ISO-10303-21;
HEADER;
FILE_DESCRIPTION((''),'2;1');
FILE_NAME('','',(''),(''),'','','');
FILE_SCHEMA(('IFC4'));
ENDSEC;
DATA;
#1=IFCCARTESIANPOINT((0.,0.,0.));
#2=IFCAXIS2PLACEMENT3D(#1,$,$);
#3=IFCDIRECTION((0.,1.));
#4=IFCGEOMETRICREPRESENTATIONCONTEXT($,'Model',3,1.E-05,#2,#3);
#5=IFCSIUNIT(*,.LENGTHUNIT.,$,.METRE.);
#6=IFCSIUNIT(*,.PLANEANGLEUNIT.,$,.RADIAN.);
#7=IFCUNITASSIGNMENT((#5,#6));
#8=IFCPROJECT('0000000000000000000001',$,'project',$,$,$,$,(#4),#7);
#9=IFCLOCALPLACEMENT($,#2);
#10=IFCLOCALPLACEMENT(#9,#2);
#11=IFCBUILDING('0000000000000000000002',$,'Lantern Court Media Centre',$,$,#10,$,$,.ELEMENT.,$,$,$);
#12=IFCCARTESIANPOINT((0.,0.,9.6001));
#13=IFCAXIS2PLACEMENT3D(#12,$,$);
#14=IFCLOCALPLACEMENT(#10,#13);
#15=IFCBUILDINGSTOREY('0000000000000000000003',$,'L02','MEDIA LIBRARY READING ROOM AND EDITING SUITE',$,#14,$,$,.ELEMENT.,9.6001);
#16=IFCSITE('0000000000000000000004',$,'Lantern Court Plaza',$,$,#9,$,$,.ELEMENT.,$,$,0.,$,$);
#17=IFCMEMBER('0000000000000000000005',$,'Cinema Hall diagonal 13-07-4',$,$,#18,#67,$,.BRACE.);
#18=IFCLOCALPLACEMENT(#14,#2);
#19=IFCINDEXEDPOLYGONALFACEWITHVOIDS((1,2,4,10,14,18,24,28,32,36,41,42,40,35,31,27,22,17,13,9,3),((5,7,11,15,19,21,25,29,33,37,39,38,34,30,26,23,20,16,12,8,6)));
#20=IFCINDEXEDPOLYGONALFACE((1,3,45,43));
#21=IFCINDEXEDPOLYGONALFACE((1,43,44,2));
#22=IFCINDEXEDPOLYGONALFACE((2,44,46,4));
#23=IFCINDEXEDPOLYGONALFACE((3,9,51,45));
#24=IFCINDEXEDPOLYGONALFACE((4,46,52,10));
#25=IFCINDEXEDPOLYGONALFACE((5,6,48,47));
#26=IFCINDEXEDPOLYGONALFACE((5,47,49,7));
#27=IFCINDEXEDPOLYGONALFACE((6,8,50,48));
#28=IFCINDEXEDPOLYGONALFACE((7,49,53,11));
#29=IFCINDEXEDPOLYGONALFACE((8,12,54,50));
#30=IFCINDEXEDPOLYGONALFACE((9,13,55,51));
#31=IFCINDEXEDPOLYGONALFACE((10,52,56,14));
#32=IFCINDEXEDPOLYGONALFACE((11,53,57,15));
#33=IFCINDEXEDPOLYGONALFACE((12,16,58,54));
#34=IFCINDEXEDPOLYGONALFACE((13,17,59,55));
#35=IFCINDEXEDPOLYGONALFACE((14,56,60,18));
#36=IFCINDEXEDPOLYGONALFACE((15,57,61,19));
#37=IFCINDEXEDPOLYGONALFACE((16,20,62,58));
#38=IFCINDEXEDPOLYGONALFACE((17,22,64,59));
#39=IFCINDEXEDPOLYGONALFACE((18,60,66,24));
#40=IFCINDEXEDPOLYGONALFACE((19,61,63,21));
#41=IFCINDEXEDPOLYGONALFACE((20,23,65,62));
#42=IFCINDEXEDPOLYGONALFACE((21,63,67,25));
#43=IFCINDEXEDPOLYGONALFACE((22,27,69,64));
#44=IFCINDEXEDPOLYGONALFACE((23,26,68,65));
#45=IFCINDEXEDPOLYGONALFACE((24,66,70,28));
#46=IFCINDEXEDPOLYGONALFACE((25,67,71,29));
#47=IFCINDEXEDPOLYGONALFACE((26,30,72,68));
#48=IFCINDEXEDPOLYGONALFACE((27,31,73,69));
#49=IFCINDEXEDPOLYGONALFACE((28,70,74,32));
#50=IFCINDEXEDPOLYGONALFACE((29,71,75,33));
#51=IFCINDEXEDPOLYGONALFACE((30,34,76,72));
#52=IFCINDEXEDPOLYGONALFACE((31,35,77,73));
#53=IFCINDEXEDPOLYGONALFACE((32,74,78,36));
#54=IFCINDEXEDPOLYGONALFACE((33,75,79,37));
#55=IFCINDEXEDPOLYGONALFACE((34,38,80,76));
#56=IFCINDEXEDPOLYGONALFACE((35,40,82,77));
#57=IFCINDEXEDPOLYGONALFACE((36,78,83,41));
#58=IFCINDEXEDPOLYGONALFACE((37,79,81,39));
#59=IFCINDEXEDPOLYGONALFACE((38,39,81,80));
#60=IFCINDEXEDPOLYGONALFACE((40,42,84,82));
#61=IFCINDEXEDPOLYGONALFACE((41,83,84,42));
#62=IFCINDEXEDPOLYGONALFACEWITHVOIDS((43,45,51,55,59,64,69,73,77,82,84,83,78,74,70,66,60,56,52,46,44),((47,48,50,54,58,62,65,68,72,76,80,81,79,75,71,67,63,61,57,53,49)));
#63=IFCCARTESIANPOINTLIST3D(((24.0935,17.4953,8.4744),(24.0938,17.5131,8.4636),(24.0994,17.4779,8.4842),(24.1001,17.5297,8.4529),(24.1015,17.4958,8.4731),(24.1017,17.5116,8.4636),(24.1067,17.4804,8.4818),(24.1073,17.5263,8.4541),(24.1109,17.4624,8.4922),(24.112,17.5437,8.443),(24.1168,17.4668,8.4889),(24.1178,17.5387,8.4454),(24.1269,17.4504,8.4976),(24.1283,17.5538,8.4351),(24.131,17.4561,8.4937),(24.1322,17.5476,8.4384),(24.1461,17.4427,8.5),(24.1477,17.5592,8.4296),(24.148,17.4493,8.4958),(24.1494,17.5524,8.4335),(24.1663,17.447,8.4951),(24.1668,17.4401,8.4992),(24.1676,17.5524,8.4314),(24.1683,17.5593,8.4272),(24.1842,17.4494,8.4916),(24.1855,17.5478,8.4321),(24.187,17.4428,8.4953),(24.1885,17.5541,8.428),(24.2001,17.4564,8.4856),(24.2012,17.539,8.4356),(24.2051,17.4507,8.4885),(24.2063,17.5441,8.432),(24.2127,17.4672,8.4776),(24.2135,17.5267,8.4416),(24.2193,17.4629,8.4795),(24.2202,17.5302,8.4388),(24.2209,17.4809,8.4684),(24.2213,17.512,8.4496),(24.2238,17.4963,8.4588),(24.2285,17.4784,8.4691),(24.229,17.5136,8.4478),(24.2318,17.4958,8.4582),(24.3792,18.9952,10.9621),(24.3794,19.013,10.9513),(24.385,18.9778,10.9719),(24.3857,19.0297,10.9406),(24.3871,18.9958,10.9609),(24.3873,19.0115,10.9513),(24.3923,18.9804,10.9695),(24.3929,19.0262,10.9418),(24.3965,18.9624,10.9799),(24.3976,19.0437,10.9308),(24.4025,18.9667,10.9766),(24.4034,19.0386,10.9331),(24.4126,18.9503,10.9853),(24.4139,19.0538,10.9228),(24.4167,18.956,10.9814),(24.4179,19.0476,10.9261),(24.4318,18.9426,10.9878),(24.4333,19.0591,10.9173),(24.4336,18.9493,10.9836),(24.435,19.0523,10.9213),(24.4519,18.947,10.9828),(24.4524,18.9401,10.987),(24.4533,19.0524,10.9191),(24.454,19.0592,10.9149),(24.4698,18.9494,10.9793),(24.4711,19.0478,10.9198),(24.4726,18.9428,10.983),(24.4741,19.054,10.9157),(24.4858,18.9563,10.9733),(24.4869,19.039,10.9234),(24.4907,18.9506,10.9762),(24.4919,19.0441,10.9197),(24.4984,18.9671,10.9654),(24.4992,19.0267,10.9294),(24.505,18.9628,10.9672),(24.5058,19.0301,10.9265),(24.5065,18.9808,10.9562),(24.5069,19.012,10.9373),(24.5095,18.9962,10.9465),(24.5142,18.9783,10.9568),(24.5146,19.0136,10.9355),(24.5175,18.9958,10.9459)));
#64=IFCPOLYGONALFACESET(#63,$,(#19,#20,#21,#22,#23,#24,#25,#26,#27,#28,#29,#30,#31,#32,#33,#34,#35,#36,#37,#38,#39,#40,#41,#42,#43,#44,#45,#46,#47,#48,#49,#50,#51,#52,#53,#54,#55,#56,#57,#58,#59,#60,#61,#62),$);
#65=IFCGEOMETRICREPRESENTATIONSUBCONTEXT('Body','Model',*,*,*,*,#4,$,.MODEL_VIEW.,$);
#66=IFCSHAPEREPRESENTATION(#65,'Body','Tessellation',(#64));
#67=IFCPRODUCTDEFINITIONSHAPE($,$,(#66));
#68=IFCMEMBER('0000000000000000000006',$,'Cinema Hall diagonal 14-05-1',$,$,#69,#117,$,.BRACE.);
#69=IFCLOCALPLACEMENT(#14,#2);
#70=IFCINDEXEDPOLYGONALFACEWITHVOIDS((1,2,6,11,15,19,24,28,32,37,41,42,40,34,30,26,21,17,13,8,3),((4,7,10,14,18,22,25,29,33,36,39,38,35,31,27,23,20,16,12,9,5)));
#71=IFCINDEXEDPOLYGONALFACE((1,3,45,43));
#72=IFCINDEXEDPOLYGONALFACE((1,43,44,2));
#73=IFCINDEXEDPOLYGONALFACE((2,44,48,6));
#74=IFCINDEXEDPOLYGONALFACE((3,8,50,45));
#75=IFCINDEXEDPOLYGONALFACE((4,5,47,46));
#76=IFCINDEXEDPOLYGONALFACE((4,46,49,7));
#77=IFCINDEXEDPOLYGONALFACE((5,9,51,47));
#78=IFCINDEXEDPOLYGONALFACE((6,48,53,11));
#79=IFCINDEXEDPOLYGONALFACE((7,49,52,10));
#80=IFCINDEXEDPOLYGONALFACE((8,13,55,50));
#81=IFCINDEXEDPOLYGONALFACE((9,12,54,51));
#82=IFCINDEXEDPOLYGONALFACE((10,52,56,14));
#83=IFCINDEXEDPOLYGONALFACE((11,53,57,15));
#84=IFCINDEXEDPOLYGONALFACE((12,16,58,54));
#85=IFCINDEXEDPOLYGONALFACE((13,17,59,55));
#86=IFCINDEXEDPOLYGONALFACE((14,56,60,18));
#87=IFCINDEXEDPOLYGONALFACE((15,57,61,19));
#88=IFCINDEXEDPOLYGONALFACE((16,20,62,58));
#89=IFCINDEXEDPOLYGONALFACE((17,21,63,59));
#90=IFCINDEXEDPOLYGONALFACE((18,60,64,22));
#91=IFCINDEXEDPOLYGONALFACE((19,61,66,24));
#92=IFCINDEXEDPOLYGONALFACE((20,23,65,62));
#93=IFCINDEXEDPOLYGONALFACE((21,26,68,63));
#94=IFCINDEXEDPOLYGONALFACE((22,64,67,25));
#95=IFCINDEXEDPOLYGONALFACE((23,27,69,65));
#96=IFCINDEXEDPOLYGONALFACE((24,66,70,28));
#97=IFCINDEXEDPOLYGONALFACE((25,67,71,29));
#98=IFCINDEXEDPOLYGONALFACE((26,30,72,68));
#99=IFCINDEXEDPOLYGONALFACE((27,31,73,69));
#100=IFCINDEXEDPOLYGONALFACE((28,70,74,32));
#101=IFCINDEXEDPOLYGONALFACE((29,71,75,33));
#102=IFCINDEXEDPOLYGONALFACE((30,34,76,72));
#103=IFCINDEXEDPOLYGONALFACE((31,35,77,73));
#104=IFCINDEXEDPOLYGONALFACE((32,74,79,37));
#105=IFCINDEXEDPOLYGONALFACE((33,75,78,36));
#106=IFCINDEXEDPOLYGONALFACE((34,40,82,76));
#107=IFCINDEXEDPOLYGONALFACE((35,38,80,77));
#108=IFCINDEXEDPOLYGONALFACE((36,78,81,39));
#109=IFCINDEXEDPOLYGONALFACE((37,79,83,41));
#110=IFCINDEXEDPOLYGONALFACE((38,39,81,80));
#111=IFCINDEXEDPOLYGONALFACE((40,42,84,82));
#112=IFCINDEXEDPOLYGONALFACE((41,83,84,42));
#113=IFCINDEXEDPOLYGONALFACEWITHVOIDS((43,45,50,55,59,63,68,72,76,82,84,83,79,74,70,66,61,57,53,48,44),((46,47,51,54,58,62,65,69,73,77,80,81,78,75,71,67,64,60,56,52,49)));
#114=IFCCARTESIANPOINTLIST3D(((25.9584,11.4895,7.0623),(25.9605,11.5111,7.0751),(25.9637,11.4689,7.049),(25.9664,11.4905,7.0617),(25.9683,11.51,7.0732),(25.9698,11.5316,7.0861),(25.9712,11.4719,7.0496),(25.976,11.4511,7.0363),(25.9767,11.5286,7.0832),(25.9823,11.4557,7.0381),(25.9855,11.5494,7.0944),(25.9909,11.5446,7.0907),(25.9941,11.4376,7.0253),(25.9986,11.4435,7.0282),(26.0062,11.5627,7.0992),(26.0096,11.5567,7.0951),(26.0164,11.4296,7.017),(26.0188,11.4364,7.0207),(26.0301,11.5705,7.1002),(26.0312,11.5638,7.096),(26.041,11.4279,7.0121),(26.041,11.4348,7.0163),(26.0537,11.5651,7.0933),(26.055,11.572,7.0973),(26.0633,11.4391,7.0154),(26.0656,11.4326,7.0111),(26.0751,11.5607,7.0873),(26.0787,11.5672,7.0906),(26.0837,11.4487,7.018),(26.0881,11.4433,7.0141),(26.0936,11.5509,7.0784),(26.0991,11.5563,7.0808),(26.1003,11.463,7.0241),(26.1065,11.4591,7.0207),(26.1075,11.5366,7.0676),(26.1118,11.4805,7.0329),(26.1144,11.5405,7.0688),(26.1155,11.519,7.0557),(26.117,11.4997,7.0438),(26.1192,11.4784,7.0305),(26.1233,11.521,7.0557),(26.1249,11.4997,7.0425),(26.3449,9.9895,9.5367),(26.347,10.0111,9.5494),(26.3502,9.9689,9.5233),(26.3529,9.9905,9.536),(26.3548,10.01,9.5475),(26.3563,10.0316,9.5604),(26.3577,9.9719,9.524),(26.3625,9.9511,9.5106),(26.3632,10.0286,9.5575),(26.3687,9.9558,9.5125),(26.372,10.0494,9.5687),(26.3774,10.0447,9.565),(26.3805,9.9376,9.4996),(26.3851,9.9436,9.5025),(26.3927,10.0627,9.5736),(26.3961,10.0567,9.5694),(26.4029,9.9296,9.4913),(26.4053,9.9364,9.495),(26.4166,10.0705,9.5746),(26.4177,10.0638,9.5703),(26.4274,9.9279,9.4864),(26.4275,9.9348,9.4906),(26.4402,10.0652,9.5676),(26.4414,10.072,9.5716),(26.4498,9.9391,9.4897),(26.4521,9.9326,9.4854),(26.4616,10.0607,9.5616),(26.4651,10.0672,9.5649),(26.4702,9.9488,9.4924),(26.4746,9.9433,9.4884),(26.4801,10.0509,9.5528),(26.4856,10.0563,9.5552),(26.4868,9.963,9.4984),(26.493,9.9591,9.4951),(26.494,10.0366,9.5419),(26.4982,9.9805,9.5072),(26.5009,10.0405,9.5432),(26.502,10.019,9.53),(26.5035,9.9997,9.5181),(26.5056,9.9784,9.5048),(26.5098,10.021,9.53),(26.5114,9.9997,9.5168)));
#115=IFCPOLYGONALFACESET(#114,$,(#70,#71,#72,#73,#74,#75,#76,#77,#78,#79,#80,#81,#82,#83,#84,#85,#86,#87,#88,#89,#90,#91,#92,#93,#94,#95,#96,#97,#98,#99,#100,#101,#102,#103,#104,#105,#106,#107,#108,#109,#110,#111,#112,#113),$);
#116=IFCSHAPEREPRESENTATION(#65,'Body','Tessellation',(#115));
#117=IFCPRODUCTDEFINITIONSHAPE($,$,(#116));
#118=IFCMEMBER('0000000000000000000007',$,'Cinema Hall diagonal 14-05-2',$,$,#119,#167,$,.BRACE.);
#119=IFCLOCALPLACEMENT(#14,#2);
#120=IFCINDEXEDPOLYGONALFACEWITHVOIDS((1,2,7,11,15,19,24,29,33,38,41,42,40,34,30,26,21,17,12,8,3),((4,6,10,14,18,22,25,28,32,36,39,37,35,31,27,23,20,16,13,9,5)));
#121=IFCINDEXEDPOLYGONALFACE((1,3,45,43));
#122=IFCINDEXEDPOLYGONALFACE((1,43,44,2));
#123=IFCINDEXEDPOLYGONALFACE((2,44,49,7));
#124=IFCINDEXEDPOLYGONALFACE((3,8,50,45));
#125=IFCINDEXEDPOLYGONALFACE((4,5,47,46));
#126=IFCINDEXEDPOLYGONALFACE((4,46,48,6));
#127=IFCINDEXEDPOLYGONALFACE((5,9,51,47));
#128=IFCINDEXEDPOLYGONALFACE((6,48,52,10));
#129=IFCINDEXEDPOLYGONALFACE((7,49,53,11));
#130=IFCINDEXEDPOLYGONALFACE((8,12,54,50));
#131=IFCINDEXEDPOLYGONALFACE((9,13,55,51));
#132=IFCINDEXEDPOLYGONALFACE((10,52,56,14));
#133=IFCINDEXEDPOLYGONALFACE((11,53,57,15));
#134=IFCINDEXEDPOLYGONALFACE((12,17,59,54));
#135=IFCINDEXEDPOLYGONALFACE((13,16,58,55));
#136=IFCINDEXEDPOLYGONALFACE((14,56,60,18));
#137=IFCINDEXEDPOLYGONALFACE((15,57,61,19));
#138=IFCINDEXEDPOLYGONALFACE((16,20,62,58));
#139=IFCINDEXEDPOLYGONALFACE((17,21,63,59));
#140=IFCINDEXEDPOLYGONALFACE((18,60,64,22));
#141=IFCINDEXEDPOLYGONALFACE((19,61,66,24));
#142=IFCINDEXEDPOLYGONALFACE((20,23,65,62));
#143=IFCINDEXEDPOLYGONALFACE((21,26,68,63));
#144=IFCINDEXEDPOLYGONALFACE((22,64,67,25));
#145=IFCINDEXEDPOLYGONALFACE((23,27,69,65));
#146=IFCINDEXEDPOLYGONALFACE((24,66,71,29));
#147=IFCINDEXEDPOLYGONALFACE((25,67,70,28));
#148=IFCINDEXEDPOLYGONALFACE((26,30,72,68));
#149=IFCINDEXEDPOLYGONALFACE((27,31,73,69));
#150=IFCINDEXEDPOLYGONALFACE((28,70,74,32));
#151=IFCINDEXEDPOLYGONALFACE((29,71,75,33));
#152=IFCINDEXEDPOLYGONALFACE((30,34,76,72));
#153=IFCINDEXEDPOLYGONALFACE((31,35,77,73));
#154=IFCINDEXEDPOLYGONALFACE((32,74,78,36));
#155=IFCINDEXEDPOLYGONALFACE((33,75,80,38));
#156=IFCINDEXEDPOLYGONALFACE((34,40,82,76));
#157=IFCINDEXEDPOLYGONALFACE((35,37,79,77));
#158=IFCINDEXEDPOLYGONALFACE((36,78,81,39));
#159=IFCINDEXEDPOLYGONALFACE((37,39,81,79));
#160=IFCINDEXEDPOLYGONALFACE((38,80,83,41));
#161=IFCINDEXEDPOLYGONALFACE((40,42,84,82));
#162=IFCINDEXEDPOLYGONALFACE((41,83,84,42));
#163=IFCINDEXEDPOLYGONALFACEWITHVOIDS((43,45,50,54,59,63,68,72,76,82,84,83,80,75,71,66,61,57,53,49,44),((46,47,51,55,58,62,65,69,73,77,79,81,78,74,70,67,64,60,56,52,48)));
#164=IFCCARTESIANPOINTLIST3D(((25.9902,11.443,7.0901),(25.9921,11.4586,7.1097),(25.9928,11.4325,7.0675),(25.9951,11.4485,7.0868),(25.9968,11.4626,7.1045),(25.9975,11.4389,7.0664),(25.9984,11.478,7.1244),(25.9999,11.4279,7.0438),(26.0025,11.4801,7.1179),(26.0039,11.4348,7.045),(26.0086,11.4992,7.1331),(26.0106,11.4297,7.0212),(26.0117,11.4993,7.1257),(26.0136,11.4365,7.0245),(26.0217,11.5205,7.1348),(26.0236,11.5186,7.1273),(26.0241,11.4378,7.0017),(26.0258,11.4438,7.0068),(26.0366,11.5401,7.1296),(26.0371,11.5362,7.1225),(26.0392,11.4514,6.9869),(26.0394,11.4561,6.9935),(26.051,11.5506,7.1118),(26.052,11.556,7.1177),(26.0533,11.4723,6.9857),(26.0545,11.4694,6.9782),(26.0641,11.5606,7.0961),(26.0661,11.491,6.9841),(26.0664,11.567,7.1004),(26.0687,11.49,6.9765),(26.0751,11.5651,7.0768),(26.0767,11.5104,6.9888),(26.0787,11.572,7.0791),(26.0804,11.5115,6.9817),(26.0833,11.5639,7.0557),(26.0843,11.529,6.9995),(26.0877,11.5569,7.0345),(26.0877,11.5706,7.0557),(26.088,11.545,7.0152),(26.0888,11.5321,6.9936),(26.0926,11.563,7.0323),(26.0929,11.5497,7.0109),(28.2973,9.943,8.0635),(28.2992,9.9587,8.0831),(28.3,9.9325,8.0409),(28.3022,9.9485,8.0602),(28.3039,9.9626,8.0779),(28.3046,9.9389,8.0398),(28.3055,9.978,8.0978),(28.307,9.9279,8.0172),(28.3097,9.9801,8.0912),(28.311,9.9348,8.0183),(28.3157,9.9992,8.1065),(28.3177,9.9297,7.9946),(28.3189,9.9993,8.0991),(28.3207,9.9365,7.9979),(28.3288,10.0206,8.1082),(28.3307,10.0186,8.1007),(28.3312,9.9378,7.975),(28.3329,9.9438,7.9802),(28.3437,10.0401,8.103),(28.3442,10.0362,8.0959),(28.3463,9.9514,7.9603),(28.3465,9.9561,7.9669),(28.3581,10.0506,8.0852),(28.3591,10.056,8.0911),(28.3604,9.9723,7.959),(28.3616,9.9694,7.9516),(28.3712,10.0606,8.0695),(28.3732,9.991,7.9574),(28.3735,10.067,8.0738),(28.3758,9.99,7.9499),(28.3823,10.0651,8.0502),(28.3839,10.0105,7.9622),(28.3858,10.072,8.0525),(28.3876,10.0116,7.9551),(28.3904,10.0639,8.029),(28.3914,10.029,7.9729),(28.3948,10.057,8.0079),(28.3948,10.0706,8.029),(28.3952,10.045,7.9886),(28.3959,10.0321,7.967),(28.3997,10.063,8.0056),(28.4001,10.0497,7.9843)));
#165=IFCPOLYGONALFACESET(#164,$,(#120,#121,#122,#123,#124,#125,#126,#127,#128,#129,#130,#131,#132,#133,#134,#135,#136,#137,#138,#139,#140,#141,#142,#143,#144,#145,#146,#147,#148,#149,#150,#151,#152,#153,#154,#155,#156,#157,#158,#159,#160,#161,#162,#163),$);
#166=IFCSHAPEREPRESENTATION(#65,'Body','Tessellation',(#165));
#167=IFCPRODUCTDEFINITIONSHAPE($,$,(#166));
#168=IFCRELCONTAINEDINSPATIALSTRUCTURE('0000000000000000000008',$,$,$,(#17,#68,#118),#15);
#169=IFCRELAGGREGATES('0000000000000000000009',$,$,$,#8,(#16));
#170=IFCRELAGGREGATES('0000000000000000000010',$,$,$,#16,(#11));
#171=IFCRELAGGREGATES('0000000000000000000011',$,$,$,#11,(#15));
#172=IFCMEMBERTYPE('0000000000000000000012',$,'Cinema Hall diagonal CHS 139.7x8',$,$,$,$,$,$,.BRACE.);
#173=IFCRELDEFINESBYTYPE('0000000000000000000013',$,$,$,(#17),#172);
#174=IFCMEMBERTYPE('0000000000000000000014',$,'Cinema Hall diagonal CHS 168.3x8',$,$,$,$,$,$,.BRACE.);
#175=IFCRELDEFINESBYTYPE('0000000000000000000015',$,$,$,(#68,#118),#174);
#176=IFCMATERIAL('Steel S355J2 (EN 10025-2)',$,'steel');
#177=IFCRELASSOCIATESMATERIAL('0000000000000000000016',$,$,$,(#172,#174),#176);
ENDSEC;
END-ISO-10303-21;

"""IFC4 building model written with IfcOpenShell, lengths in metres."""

from ifc_helpers import new_model, si_unit, direction, frame, origin, origin_2d, place, context, subcontext, project, spatial, hollow_circle, extrude, material, material_profile, profile_set, type_object, element, save


model = new_model("IFC4")

# Units and contexts
model_context = context("Model", 3, precision=1e-05, world=origin(), true_north=direction((0.0, 1.0)))
body_context = subcontext(model_context, "Body", "Model", "MODEL_VIEW")
ifc_project = project(units=[si_unit("LENGTHUNIT", "METRE"), si_unit("PLANEANGLEUNIT", "RADIAN")], contexts=[model_context])

# Site, building, storey
site_placement = place(None, origin())
site = spatial("IfcSite", under=ifc_project, at=site_placement, Name="Lantern Court Plaza", CompositionType="ELEMENT", RefElevation=0.0)
building_placement = place(site_placement, origin())
building = spatial("IfcBuilding", under=site, at=building_placement, Name="Lantern Court Media Centre", CompositionType="ELEMENT")
storey_placement = place(building_placement, frame((0.0, 0.0, 9.6001)))
storey = spatial("IfcBuildingStorey", under=building, at=storey_placement, Name="L02", Description="MEDIA LIBRARY READING ROOM AND EDITING SUITE", CompositionType="ELEMENT", Elevation=9.6001)

# Members
ifc_material = material(Name="Steel S355J2 (EN 10025-2)", Category="steel")
ifc_material_profile_1 = material_profile(ifc_material, hollow_circle(Radius=0.0698, WallThickness=0.0081, at=origin_2d()), Name="Cinema Hall diagonal CHS 139.7x8")
ifc_profile_set_1 = profile_set([ifc_material_profile_1], Name="Steel S355J2 (EN 10025-2)")
member_type_1 = type_object("IfcMemberType", Name="Cinema Hall diagonal CHS 139.7x8", PredefinedType="BRACE", material=ifc_profile_set_1)
member_1_placement = place(storey_placement, frame((24.1624, 17.5, 8.4636), z_axis=(0.097856, 0.51387, 0.852268), x_axis=(-0.982347, 0.187068, 0.0)))
element("IfcMember", 1, at=member_1_placement, inside=storey, type_object=member_type_1, Name="Cinema Hall diagonal 13-07-4", PredefinedType="BRACE", context=body_context, shape_type="SweptSolid", body=[
    extrude(hollow_circle(Radius=0.0698, WallThickness=0.0081, at=origin_2d()), origin(), (0.0, 0.0, 1.0), 2.9189),
])
ifc_material_profile_2 = material_profile(ifc_material, hollow_circle(Radius=0.0842, WallThickness=0.0081, at=origin_2d()), Name="Cinema Hall diagonal CHS 168.3x8")
ifc_profile_set_2 = profile_set([ifc_material_profile_2], Name="Steel S355J2 (EN 10025-2)")
member_type_2 = type_object("IfcMemberType", Name="Cinema Hall diagonal CHS 168.3x8", PredefinedType="BRACE", material=ifc_profile_set_2)
member_2_placement = place(storey_placement, frame((26.0417, 11.5, 7.0557), z_axis=(0.13239, -0.513836, 0.847612), x_axis=(0.968374, 0.249501, 0.0)))
element("IfcMember", 2, at=member_2_placement, inside=storey, type_object=member_type_2, Name="Cinema Hall diagonal 14-05-1", PredefinedType="BRACE", context=body_context, shape_type="SweptSolid", body=[
    extrude(hollow_circle(Radius=0.0842, WallThickness=0.0081, at=origin_2d()), origin(), (0.0, 0.0, 1.0), 2.9192),
])
for number, where, z_axis, x_axis, name in (
    (3, (26.0417, 11.5, 7.0557), (0.790394, -0.513882, 0.333471), (0.545082, 0.838383, 0.0), "Cinema Hall diagonal 14-05-2"),
):
    element("IfcMember", number, at=place(storey_placement, frame(where, z_axis=z_axis, x_axis=x_axis)), inside=storey, type_object=member_type_2, Name=name, PredefinedType="BRACE", context=body_context, shape_type="SweptSolid", body=[
        extrude(hollow_circle(Radius=0.0842, WallThickness=0.0081, at=origin_2d()), origin(), (0.0, 0.0, 1.0), 2.9189),
    ])

save(model, "model.ifc")
